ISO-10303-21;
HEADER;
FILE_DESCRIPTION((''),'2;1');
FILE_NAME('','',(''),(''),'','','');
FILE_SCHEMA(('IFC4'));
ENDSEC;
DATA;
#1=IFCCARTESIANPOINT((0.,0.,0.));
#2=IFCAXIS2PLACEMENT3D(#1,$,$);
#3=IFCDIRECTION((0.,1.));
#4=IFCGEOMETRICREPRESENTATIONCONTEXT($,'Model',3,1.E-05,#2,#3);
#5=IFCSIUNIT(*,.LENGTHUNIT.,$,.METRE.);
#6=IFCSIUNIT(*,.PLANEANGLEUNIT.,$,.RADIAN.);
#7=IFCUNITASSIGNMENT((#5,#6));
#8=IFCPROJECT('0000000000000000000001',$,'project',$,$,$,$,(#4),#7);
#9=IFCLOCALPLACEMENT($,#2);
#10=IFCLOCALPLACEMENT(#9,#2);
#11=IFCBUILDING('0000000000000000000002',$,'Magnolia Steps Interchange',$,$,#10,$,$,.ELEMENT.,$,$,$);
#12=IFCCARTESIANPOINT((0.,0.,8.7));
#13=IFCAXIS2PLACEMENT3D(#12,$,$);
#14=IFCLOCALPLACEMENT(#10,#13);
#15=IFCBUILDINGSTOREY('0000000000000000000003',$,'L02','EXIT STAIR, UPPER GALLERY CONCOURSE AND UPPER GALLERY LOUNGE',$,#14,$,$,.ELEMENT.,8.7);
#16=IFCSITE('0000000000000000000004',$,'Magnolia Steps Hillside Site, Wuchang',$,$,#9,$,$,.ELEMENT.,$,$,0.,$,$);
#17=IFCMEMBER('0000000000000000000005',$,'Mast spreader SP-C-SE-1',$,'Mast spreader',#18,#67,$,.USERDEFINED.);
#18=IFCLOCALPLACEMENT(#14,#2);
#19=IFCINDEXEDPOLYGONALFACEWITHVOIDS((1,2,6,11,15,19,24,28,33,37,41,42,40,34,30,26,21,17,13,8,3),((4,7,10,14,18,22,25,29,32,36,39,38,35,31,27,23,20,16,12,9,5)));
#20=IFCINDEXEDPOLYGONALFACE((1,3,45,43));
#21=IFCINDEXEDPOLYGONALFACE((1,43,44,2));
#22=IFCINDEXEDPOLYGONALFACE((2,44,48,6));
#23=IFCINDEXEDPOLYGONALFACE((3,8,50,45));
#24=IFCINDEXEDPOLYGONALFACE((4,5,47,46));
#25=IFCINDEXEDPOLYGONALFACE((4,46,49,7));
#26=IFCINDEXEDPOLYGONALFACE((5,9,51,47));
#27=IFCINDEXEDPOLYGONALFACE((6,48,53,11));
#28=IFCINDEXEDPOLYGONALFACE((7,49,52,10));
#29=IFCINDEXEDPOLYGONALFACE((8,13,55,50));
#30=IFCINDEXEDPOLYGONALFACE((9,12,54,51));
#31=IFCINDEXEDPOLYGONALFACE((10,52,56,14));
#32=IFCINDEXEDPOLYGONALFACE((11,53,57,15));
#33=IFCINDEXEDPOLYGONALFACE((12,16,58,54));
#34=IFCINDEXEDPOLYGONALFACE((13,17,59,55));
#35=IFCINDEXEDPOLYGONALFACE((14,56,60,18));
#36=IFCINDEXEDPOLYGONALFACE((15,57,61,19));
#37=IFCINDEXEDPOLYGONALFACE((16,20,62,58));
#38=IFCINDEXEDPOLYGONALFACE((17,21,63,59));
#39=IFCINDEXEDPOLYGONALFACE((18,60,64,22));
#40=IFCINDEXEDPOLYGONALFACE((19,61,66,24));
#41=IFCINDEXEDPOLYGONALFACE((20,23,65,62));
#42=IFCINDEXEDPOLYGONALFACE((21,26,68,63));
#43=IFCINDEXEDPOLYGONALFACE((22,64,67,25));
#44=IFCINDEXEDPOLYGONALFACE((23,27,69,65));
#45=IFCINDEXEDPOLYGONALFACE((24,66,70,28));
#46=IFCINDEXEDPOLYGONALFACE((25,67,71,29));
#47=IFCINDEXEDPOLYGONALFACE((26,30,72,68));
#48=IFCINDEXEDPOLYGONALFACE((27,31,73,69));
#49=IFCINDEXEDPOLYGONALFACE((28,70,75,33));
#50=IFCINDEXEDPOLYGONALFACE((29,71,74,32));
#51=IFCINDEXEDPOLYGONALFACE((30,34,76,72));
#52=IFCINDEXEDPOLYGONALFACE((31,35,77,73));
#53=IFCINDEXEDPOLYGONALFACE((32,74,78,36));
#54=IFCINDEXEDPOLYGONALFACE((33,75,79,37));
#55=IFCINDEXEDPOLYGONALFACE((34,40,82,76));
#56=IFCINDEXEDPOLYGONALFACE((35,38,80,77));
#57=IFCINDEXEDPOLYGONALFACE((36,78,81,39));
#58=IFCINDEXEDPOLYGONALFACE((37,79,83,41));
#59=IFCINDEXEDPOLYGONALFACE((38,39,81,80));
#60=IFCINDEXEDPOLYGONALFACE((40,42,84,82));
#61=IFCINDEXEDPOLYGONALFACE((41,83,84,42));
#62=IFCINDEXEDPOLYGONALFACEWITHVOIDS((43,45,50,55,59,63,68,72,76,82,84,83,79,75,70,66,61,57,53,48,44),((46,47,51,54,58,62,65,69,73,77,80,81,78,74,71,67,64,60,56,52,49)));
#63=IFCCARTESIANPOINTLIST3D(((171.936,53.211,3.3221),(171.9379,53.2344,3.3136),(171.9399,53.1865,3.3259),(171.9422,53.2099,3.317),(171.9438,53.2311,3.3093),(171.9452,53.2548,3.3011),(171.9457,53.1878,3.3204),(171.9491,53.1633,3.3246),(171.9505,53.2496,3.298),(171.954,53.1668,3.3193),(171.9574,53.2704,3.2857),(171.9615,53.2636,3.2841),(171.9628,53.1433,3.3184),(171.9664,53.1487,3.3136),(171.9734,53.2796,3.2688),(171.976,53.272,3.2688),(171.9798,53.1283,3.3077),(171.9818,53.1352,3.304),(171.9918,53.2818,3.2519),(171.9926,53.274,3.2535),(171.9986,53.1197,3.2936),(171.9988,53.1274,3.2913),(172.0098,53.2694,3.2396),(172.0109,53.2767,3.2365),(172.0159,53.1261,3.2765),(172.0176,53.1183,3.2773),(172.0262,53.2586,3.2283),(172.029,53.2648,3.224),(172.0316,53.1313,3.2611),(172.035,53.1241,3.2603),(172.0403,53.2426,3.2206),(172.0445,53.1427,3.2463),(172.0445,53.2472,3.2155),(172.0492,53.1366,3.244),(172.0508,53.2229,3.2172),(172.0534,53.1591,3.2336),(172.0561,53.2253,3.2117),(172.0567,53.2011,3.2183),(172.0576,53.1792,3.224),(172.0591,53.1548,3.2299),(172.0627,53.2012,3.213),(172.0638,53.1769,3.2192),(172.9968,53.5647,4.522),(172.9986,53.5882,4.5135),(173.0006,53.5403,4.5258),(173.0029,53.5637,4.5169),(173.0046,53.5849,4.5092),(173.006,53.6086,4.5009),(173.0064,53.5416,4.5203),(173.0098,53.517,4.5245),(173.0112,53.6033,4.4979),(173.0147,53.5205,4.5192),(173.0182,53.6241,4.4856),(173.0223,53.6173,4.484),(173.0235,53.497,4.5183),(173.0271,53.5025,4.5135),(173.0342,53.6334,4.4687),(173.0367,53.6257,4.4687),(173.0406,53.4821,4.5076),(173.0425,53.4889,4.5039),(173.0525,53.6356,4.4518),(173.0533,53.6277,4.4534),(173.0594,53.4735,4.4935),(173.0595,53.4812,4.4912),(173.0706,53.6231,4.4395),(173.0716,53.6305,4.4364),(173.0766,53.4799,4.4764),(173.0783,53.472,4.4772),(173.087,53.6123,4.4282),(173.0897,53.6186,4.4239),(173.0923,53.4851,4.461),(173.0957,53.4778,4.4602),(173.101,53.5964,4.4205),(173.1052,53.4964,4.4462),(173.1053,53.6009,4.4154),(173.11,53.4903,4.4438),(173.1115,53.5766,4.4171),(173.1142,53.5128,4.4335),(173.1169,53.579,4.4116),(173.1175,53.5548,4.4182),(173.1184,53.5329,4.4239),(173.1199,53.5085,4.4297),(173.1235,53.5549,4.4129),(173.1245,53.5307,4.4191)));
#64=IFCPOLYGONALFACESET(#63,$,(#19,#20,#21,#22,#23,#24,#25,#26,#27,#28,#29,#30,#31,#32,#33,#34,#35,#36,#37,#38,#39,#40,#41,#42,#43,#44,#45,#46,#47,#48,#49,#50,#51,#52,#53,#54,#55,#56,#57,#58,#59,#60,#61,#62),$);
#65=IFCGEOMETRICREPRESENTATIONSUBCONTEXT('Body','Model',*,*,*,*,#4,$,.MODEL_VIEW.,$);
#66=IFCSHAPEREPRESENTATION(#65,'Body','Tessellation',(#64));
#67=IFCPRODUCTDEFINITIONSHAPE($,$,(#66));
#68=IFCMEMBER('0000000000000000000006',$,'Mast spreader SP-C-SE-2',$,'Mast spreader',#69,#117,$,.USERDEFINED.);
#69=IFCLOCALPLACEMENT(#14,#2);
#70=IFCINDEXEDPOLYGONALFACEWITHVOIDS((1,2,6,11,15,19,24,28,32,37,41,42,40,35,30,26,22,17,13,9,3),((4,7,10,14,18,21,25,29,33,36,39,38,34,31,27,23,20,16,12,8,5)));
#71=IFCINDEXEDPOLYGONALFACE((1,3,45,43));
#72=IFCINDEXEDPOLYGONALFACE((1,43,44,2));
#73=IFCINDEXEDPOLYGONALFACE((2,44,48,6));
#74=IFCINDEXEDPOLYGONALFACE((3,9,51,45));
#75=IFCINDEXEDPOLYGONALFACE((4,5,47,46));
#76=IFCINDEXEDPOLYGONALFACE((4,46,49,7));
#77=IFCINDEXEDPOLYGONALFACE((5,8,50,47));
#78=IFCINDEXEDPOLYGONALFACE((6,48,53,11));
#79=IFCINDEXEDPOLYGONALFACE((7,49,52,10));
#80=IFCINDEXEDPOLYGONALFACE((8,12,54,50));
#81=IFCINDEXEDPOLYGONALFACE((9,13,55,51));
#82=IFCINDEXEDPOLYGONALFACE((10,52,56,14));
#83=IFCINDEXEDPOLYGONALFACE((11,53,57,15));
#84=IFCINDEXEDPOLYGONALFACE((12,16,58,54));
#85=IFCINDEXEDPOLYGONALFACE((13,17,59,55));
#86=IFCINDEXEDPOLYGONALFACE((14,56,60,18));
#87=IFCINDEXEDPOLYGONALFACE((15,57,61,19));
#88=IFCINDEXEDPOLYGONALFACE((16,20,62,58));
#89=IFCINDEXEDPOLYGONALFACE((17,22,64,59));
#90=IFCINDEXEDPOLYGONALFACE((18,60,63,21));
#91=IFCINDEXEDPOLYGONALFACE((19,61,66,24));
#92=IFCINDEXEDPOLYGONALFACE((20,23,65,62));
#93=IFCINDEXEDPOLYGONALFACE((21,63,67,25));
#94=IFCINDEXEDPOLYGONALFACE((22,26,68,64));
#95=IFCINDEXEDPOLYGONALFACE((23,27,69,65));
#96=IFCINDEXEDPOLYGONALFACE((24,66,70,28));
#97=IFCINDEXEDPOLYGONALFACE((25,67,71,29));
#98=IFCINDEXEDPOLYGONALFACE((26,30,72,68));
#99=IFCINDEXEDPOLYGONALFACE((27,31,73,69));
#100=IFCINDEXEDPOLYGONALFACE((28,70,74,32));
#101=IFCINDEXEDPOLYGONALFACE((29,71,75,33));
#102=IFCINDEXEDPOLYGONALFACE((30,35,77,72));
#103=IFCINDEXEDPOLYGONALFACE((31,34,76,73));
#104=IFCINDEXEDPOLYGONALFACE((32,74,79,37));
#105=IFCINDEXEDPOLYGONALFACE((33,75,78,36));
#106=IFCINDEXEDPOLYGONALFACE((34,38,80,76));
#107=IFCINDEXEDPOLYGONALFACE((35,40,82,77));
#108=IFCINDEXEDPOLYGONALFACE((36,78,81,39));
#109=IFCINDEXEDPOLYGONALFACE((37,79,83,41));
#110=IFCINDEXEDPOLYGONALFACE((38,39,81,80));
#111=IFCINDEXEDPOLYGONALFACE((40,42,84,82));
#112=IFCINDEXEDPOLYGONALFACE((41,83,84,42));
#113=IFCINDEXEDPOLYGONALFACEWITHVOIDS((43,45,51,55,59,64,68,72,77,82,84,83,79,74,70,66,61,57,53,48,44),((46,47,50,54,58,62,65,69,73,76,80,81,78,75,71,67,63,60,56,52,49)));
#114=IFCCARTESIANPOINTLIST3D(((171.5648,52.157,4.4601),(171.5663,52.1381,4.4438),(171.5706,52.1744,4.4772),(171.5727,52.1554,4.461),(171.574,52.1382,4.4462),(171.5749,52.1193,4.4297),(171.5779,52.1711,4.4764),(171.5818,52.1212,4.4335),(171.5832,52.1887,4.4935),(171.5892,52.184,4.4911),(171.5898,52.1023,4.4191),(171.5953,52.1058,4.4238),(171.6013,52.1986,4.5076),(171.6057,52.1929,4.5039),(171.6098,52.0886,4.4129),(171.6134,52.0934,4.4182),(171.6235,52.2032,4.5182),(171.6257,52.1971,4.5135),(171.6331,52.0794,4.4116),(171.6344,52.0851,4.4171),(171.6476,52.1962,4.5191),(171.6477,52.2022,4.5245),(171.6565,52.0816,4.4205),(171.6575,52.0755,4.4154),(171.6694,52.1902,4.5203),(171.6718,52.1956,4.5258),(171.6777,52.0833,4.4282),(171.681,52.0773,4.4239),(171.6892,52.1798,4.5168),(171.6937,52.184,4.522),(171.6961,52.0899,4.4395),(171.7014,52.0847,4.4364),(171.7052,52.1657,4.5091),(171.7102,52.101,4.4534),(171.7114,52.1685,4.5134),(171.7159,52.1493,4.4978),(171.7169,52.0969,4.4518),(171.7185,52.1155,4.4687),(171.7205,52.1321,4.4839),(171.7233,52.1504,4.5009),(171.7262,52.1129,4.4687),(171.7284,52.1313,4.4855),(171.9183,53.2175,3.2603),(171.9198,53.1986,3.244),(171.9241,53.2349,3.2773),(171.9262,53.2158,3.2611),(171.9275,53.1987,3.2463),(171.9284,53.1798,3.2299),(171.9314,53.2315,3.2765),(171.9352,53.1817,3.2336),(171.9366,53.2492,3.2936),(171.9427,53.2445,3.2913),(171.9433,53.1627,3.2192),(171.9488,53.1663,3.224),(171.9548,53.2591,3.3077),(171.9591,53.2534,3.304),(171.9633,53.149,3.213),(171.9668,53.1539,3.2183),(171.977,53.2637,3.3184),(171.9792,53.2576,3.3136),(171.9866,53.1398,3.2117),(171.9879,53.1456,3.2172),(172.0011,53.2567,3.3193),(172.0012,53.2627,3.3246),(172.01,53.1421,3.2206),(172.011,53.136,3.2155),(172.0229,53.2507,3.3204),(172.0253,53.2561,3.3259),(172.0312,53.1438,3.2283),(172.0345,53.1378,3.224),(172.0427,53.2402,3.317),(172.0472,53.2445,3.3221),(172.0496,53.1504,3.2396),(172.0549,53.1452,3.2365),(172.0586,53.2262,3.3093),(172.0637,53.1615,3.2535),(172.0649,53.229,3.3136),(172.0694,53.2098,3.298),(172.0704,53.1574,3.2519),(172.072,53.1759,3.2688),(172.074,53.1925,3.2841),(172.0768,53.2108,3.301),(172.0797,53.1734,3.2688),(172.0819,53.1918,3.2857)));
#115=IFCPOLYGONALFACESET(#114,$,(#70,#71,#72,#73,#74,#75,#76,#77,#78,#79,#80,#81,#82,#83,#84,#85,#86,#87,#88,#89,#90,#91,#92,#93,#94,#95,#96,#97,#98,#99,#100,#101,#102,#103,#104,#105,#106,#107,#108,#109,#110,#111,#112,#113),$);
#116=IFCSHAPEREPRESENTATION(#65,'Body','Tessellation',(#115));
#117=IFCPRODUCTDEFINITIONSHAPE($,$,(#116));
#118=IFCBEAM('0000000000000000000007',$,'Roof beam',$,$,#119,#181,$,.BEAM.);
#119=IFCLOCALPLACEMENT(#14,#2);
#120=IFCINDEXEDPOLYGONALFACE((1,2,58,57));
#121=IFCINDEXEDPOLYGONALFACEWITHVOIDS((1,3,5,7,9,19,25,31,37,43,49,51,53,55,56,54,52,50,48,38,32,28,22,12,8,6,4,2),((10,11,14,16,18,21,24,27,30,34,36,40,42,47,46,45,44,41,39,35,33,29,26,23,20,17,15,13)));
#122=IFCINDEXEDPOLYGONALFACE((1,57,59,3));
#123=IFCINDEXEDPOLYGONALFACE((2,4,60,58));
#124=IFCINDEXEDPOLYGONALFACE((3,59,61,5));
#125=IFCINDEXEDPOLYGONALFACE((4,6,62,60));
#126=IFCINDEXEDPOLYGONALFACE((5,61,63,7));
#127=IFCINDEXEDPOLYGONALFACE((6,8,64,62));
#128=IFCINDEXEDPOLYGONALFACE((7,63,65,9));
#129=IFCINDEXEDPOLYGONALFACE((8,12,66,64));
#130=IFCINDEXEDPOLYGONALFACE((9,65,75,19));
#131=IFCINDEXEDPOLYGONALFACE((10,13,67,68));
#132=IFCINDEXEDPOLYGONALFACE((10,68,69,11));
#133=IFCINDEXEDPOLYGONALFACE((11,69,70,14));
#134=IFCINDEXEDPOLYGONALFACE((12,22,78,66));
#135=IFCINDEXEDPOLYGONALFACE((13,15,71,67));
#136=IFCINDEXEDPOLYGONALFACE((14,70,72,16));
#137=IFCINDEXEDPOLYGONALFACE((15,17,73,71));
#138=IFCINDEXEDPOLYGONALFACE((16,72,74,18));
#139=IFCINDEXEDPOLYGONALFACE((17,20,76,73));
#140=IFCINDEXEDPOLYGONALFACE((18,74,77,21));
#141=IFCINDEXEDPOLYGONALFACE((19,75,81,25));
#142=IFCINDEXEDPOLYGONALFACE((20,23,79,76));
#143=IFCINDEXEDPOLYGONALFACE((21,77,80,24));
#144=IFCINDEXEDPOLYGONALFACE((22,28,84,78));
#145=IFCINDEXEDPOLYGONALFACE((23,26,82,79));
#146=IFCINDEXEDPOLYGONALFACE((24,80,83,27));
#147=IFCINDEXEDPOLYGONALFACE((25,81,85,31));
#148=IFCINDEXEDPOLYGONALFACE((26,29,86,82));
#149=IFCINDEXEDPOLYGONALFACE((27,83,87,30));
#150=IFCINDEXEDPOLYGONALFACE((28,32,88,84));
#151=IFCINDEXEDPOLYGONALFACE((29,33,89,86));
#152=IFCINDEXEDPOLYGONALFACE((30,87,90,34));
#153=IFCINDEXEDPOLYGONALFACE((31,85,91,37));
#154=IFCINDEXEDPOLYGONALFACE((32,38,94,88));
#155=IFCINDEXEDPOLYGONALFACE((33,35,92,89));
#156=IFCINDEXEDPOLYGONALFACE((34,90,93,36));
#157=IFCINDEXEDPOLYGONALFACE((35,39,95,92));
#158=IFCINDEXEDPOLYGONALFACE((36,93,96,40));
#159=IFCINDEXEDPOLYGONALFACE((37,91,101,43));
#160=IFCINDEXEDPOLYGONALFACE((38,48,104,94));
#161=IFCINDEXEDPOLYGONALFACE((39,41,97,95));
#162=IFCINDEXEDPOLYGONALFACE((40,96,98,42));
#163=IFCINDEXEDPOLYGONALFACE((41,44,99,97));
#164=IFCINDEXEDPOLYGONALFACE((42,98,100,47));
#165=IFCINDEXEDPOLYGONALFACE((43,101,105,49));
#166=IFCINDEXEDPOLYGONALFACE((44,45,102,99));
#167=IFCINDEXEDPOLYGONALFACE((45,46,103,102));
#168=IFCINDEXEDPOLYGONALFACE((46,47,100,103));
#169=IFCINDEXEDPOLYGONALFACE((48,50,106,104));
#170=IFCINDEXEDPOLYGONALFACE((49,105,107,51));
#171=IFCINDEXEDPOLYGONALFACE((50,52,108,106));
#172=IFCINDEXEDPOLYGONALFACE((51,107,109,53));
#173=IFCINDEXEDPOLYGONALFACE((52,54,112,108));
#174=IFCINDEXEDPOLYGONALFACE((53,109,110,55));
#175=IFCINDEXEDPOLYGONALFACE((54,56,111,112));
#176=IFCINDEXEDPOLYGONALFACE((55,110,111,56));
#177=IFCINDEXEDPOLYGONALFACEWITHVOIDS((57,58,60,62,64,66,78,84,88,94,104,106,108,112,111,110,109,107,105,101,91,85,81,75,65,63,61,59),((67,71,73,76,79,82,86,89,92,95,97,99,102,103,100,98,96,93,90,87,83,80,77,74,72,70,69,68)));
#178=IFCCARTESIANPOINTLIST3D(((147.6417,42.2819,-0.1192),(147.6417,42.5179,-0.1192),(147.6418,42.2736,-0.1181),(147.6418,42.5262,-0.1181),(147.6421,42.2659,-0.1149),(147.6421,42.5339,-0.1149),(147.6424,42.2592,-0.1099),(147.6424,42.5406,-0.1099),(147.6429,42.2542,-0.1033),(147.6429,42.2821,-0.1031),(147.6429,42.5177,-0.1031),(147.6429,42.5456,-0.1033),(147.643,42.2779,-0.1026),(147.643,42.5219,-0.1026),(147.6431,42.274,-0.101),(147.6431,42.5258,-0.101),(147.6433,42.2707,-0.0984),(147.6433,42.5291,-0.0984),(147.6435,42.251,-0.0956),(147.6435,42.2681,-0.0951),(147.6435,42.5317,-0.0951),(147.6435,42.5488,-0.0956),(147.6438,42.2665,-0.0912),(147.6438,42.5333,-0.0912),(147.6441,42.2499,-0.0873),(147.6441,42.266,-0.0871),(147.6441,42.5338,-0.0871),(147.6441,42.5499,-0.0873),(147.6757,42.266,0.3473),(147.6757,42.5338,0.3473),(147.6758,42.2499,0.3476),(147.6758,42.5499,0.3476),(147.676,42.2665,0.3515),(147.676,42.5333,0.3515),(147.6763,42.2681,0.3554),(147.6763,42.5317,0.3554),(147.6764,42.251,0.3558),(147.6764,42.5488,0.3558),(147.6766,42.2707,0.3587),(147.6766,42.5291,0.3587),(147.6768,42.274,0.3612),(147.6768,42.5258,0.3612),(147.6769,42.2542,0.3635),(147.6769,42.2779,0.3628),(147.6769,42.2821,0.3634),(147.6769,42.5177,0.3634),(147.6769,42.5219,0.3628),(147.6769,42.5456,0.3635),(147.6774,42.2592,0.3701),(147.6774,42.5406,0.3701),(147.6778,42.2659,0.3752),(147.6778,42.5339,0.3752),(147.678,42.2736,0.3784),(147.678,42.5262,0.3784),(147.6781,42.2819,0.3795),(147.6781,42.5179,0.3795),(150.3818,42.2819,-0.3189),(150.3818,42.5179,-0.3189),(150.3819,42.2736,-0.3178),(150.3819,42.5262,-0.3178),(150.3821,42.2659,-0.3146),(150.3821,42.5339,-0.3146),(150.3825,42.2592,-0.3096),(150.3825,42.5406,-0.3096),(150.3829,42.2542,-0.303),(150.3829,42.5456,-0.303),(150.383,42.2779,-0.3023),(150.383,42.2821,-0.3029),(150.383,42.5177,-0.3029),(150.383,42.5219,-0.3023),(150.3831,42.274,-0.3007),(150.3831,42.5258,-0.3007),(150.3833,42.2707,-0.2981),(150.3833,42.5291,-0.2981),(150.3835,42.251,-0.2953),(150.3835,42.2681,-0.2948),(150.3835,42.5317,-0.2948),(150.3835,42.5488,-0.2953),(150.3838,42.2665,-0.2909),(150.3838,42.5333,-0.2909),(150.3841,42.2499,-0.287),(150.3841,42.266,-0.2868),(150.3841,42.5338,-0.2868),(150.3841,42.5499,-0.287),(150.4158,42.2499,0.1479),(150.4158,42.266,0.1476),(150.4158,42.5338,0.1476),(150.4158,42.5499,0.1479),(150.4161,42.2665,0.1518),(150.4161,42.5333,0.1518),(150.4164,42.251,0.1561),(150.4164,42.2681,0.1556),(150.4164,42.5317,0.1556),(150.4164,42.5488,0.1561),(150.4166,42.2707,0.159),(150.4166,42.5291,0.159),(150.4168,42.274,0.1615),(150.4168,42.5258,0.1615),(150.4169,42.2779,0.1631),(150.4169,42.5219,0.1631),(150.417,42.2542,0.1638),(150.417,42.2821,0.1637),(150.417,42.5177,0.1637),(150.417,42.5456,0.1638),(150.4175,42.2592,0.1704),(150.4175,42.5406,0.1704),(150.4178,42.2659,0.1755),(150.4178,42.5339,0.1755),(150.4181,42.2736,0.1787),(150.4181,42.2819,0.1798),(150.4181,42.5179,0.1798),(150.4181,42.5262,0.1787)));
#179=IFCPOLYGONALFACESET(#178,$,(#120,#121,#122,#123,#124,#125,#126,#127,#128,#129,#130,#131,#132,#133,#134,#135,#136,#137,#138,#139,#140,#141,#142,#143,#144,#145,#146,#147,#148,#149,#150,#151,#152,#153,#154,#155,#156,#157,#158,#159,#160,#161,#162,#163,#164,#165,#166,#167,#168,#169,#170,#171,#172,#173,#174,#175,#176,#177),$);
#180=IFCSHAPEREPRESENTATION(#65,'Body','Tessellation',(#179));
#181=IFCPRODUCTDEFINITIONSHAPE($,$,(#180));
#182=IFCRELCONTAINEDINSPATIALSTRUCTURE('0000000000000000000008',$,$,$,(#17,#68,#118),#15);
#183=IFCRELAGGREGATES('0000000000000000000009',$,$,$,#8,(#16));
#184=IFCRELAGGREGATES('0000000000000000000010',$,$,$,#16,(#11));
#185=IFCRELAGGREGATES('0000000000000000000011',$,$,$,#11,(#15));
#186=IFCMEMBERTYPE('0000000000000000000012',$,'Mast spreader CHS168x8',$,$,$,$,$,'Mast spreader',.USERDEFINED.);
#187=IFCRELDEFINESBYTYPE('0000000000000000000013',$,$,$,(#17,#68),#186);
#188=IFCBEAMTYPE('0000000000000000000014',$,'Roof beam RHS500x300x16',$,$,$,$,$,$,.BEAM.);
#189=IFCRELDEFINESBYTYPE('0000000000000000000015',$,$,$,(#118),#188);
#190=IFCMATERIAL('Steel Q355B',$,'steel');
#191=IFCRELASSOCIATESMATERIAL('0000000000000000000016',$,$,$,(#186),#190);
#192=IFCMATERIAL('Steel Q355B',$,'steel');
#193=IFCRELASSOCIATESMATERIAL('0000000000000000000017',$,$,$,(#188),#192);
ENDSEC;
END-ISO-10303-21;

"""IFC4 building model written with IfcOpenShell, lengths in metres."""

from ifc_helpers import new_model, si_unit, direction, frame, origin, origin_2d, place, context, subcontext, project, spatial, hollow_rectangle, hollow_circle, extrude, material, material_profile, profile_set, type_object, element, save


model = new_model("IFC4")

# Units and contexts
model_context = context("Model", 3, precision=1e-05, world=origin(), true_north=direction((0.0, 1.0)))
body_context = subcontext(model_context, "Body", "Model", "MODEL_VIEW")
ifc_project = project(units=[si_unit("LENGTHUNIT", "METRE"), si_unit("PLANEANGLEUNIT", "RADIAN")], contexts=[model_context])

# Site, building, storey
site_placement = place(None, origin())
site = spatial("IfcSite", under=ifc_project, at=site_placement, Name="Magnolia Steps Hillside Site, Wuchang", CompositionType="ELEMENT", RefElevation=0.0)
building_placement = place(site_placement, origin())
building = spatial("IfcBuilding", under=site, at=building_placement, Name="Magnolia Steps Interchange", CompositionType="ELEMENT")
storey_placement = place(building_placement, frame((0.0, 0.0, 8.7)))
storey = spatial("IfcBuildingStorey", under=building, at=storey_placement, Name="L02", Description="EXIT STAIR, UPPER GALLERY CONCOURSE AND UPPER GALLERY LOUNGE", CompositionType="ELEMENT", Elevation=8.7)

# Members
ifc_material_1 = material(Name="Steel Q355B", Category="steel")
ifc_material_profile_1 = material_profile(ifc_material_1, hollow_circle(Radius=0.084, WallThickness=0.0081, at=origin_2d()), Name="CHS168x8")
ifc_profile_set_1 = profile_set([ifc_material_profile_1], Name="Steel Q355B")
member_type_1 = type_object("IfcMemberType", Name="Mast spreader CHS168x8", ElementType="Mast spreader", PredefinedType="USERDEFINED", material=ifc_profile_set_1)
member_1_placement = place(storey_placement, frame((172.0, 53.2, 3.2688), z_axis=(0.646739, 0.215679, 0.731581), x_axis=(-0.316359, 0.94864, 0.0)))
element("IfcMember", 1, at=member_1_placement, inside=storey, type_object=member_type_1, Name="Mast spreader SP-C-SE-1", ObjectType="Mast spreader", PredefinedType="USERDEFINED", context=body_context, shape_type="SweptSolid", body=[
    extrude(hollow_circle(Radius=0.084, WallThickness=0.0081, at=origin_2d()), origin(), (0.0, 0.0, 1.0), 1.6401),
])
member_2_placement = place(storey_placement, frame((172.0, 53.2, 3.2688), z_axis=(-0.215558, -0.646673, 0.731675), x_axis=(0.948683, -0.316228, 0.0)))
element("IfcMember", 2, at=member_2_placement, inside=storey, type_object=member_type_1, Name="Mast spreader SP-C-SE-2", ObjectType="Mast spreader", PredefinedType="USERDEFINED", context=body_context, shape_type="SweptSolid", body=[
    extrude(hollow_circle(Radius=0.084, WallThickness=0.0081, at=origin_2d()), origin(), (0.0, 0.0, 1.0), 1.6399),
])

# Beam
ifc_material_2 = material(Name="Steel Q355B", Category="steel")
ifc_material_profile_2 = material_profile(ifc_material_2, hollow_rectangle(XDim=0.3, YDim=0.5, WallThickness=0.0161, InnerFilletRadius=0.0161, OuterFilletRadius=0.032, at=origin_2d()), Name="RHS500x300x16")
ifc_profile_set_2 = profile_set([ifc_material_profile_2], Name="Steel Q355B")
beam_type_1 = type_object("IfcBeamType", Name="Roof beam RHS500x300x16", PredefinedType="BEAM", material=ifc_profile_set_2)
for number, where, z_axis, x_axis, name in (
    (3, (147.6599, 42.3999, 0.1301), (0.997354, 0.0, -0.072693), (0.0, 1.0, 0.0), "Roof beam"),
):
    element("IfcBeam", number, at=place(storey_placement, frame(where, z_axis=z_axis, x_axis=x_axis)), inside=storey, type_object=beam_type_1, Name=name, PredefinedType="BEAM", context=body_context, shape_type="SweptSolid", body=[
        extrude(hollow_rectangle(XDim=0.3, YDim=0.5, WallThickness=0.0161, InnerFilletRadius=0.0161, OuterFilletRadius=0.032, at=origin_2d()), origin(), (0.0, 0.0, 1.0), 2.7473),
    ])

save(model, "model.ifc")
